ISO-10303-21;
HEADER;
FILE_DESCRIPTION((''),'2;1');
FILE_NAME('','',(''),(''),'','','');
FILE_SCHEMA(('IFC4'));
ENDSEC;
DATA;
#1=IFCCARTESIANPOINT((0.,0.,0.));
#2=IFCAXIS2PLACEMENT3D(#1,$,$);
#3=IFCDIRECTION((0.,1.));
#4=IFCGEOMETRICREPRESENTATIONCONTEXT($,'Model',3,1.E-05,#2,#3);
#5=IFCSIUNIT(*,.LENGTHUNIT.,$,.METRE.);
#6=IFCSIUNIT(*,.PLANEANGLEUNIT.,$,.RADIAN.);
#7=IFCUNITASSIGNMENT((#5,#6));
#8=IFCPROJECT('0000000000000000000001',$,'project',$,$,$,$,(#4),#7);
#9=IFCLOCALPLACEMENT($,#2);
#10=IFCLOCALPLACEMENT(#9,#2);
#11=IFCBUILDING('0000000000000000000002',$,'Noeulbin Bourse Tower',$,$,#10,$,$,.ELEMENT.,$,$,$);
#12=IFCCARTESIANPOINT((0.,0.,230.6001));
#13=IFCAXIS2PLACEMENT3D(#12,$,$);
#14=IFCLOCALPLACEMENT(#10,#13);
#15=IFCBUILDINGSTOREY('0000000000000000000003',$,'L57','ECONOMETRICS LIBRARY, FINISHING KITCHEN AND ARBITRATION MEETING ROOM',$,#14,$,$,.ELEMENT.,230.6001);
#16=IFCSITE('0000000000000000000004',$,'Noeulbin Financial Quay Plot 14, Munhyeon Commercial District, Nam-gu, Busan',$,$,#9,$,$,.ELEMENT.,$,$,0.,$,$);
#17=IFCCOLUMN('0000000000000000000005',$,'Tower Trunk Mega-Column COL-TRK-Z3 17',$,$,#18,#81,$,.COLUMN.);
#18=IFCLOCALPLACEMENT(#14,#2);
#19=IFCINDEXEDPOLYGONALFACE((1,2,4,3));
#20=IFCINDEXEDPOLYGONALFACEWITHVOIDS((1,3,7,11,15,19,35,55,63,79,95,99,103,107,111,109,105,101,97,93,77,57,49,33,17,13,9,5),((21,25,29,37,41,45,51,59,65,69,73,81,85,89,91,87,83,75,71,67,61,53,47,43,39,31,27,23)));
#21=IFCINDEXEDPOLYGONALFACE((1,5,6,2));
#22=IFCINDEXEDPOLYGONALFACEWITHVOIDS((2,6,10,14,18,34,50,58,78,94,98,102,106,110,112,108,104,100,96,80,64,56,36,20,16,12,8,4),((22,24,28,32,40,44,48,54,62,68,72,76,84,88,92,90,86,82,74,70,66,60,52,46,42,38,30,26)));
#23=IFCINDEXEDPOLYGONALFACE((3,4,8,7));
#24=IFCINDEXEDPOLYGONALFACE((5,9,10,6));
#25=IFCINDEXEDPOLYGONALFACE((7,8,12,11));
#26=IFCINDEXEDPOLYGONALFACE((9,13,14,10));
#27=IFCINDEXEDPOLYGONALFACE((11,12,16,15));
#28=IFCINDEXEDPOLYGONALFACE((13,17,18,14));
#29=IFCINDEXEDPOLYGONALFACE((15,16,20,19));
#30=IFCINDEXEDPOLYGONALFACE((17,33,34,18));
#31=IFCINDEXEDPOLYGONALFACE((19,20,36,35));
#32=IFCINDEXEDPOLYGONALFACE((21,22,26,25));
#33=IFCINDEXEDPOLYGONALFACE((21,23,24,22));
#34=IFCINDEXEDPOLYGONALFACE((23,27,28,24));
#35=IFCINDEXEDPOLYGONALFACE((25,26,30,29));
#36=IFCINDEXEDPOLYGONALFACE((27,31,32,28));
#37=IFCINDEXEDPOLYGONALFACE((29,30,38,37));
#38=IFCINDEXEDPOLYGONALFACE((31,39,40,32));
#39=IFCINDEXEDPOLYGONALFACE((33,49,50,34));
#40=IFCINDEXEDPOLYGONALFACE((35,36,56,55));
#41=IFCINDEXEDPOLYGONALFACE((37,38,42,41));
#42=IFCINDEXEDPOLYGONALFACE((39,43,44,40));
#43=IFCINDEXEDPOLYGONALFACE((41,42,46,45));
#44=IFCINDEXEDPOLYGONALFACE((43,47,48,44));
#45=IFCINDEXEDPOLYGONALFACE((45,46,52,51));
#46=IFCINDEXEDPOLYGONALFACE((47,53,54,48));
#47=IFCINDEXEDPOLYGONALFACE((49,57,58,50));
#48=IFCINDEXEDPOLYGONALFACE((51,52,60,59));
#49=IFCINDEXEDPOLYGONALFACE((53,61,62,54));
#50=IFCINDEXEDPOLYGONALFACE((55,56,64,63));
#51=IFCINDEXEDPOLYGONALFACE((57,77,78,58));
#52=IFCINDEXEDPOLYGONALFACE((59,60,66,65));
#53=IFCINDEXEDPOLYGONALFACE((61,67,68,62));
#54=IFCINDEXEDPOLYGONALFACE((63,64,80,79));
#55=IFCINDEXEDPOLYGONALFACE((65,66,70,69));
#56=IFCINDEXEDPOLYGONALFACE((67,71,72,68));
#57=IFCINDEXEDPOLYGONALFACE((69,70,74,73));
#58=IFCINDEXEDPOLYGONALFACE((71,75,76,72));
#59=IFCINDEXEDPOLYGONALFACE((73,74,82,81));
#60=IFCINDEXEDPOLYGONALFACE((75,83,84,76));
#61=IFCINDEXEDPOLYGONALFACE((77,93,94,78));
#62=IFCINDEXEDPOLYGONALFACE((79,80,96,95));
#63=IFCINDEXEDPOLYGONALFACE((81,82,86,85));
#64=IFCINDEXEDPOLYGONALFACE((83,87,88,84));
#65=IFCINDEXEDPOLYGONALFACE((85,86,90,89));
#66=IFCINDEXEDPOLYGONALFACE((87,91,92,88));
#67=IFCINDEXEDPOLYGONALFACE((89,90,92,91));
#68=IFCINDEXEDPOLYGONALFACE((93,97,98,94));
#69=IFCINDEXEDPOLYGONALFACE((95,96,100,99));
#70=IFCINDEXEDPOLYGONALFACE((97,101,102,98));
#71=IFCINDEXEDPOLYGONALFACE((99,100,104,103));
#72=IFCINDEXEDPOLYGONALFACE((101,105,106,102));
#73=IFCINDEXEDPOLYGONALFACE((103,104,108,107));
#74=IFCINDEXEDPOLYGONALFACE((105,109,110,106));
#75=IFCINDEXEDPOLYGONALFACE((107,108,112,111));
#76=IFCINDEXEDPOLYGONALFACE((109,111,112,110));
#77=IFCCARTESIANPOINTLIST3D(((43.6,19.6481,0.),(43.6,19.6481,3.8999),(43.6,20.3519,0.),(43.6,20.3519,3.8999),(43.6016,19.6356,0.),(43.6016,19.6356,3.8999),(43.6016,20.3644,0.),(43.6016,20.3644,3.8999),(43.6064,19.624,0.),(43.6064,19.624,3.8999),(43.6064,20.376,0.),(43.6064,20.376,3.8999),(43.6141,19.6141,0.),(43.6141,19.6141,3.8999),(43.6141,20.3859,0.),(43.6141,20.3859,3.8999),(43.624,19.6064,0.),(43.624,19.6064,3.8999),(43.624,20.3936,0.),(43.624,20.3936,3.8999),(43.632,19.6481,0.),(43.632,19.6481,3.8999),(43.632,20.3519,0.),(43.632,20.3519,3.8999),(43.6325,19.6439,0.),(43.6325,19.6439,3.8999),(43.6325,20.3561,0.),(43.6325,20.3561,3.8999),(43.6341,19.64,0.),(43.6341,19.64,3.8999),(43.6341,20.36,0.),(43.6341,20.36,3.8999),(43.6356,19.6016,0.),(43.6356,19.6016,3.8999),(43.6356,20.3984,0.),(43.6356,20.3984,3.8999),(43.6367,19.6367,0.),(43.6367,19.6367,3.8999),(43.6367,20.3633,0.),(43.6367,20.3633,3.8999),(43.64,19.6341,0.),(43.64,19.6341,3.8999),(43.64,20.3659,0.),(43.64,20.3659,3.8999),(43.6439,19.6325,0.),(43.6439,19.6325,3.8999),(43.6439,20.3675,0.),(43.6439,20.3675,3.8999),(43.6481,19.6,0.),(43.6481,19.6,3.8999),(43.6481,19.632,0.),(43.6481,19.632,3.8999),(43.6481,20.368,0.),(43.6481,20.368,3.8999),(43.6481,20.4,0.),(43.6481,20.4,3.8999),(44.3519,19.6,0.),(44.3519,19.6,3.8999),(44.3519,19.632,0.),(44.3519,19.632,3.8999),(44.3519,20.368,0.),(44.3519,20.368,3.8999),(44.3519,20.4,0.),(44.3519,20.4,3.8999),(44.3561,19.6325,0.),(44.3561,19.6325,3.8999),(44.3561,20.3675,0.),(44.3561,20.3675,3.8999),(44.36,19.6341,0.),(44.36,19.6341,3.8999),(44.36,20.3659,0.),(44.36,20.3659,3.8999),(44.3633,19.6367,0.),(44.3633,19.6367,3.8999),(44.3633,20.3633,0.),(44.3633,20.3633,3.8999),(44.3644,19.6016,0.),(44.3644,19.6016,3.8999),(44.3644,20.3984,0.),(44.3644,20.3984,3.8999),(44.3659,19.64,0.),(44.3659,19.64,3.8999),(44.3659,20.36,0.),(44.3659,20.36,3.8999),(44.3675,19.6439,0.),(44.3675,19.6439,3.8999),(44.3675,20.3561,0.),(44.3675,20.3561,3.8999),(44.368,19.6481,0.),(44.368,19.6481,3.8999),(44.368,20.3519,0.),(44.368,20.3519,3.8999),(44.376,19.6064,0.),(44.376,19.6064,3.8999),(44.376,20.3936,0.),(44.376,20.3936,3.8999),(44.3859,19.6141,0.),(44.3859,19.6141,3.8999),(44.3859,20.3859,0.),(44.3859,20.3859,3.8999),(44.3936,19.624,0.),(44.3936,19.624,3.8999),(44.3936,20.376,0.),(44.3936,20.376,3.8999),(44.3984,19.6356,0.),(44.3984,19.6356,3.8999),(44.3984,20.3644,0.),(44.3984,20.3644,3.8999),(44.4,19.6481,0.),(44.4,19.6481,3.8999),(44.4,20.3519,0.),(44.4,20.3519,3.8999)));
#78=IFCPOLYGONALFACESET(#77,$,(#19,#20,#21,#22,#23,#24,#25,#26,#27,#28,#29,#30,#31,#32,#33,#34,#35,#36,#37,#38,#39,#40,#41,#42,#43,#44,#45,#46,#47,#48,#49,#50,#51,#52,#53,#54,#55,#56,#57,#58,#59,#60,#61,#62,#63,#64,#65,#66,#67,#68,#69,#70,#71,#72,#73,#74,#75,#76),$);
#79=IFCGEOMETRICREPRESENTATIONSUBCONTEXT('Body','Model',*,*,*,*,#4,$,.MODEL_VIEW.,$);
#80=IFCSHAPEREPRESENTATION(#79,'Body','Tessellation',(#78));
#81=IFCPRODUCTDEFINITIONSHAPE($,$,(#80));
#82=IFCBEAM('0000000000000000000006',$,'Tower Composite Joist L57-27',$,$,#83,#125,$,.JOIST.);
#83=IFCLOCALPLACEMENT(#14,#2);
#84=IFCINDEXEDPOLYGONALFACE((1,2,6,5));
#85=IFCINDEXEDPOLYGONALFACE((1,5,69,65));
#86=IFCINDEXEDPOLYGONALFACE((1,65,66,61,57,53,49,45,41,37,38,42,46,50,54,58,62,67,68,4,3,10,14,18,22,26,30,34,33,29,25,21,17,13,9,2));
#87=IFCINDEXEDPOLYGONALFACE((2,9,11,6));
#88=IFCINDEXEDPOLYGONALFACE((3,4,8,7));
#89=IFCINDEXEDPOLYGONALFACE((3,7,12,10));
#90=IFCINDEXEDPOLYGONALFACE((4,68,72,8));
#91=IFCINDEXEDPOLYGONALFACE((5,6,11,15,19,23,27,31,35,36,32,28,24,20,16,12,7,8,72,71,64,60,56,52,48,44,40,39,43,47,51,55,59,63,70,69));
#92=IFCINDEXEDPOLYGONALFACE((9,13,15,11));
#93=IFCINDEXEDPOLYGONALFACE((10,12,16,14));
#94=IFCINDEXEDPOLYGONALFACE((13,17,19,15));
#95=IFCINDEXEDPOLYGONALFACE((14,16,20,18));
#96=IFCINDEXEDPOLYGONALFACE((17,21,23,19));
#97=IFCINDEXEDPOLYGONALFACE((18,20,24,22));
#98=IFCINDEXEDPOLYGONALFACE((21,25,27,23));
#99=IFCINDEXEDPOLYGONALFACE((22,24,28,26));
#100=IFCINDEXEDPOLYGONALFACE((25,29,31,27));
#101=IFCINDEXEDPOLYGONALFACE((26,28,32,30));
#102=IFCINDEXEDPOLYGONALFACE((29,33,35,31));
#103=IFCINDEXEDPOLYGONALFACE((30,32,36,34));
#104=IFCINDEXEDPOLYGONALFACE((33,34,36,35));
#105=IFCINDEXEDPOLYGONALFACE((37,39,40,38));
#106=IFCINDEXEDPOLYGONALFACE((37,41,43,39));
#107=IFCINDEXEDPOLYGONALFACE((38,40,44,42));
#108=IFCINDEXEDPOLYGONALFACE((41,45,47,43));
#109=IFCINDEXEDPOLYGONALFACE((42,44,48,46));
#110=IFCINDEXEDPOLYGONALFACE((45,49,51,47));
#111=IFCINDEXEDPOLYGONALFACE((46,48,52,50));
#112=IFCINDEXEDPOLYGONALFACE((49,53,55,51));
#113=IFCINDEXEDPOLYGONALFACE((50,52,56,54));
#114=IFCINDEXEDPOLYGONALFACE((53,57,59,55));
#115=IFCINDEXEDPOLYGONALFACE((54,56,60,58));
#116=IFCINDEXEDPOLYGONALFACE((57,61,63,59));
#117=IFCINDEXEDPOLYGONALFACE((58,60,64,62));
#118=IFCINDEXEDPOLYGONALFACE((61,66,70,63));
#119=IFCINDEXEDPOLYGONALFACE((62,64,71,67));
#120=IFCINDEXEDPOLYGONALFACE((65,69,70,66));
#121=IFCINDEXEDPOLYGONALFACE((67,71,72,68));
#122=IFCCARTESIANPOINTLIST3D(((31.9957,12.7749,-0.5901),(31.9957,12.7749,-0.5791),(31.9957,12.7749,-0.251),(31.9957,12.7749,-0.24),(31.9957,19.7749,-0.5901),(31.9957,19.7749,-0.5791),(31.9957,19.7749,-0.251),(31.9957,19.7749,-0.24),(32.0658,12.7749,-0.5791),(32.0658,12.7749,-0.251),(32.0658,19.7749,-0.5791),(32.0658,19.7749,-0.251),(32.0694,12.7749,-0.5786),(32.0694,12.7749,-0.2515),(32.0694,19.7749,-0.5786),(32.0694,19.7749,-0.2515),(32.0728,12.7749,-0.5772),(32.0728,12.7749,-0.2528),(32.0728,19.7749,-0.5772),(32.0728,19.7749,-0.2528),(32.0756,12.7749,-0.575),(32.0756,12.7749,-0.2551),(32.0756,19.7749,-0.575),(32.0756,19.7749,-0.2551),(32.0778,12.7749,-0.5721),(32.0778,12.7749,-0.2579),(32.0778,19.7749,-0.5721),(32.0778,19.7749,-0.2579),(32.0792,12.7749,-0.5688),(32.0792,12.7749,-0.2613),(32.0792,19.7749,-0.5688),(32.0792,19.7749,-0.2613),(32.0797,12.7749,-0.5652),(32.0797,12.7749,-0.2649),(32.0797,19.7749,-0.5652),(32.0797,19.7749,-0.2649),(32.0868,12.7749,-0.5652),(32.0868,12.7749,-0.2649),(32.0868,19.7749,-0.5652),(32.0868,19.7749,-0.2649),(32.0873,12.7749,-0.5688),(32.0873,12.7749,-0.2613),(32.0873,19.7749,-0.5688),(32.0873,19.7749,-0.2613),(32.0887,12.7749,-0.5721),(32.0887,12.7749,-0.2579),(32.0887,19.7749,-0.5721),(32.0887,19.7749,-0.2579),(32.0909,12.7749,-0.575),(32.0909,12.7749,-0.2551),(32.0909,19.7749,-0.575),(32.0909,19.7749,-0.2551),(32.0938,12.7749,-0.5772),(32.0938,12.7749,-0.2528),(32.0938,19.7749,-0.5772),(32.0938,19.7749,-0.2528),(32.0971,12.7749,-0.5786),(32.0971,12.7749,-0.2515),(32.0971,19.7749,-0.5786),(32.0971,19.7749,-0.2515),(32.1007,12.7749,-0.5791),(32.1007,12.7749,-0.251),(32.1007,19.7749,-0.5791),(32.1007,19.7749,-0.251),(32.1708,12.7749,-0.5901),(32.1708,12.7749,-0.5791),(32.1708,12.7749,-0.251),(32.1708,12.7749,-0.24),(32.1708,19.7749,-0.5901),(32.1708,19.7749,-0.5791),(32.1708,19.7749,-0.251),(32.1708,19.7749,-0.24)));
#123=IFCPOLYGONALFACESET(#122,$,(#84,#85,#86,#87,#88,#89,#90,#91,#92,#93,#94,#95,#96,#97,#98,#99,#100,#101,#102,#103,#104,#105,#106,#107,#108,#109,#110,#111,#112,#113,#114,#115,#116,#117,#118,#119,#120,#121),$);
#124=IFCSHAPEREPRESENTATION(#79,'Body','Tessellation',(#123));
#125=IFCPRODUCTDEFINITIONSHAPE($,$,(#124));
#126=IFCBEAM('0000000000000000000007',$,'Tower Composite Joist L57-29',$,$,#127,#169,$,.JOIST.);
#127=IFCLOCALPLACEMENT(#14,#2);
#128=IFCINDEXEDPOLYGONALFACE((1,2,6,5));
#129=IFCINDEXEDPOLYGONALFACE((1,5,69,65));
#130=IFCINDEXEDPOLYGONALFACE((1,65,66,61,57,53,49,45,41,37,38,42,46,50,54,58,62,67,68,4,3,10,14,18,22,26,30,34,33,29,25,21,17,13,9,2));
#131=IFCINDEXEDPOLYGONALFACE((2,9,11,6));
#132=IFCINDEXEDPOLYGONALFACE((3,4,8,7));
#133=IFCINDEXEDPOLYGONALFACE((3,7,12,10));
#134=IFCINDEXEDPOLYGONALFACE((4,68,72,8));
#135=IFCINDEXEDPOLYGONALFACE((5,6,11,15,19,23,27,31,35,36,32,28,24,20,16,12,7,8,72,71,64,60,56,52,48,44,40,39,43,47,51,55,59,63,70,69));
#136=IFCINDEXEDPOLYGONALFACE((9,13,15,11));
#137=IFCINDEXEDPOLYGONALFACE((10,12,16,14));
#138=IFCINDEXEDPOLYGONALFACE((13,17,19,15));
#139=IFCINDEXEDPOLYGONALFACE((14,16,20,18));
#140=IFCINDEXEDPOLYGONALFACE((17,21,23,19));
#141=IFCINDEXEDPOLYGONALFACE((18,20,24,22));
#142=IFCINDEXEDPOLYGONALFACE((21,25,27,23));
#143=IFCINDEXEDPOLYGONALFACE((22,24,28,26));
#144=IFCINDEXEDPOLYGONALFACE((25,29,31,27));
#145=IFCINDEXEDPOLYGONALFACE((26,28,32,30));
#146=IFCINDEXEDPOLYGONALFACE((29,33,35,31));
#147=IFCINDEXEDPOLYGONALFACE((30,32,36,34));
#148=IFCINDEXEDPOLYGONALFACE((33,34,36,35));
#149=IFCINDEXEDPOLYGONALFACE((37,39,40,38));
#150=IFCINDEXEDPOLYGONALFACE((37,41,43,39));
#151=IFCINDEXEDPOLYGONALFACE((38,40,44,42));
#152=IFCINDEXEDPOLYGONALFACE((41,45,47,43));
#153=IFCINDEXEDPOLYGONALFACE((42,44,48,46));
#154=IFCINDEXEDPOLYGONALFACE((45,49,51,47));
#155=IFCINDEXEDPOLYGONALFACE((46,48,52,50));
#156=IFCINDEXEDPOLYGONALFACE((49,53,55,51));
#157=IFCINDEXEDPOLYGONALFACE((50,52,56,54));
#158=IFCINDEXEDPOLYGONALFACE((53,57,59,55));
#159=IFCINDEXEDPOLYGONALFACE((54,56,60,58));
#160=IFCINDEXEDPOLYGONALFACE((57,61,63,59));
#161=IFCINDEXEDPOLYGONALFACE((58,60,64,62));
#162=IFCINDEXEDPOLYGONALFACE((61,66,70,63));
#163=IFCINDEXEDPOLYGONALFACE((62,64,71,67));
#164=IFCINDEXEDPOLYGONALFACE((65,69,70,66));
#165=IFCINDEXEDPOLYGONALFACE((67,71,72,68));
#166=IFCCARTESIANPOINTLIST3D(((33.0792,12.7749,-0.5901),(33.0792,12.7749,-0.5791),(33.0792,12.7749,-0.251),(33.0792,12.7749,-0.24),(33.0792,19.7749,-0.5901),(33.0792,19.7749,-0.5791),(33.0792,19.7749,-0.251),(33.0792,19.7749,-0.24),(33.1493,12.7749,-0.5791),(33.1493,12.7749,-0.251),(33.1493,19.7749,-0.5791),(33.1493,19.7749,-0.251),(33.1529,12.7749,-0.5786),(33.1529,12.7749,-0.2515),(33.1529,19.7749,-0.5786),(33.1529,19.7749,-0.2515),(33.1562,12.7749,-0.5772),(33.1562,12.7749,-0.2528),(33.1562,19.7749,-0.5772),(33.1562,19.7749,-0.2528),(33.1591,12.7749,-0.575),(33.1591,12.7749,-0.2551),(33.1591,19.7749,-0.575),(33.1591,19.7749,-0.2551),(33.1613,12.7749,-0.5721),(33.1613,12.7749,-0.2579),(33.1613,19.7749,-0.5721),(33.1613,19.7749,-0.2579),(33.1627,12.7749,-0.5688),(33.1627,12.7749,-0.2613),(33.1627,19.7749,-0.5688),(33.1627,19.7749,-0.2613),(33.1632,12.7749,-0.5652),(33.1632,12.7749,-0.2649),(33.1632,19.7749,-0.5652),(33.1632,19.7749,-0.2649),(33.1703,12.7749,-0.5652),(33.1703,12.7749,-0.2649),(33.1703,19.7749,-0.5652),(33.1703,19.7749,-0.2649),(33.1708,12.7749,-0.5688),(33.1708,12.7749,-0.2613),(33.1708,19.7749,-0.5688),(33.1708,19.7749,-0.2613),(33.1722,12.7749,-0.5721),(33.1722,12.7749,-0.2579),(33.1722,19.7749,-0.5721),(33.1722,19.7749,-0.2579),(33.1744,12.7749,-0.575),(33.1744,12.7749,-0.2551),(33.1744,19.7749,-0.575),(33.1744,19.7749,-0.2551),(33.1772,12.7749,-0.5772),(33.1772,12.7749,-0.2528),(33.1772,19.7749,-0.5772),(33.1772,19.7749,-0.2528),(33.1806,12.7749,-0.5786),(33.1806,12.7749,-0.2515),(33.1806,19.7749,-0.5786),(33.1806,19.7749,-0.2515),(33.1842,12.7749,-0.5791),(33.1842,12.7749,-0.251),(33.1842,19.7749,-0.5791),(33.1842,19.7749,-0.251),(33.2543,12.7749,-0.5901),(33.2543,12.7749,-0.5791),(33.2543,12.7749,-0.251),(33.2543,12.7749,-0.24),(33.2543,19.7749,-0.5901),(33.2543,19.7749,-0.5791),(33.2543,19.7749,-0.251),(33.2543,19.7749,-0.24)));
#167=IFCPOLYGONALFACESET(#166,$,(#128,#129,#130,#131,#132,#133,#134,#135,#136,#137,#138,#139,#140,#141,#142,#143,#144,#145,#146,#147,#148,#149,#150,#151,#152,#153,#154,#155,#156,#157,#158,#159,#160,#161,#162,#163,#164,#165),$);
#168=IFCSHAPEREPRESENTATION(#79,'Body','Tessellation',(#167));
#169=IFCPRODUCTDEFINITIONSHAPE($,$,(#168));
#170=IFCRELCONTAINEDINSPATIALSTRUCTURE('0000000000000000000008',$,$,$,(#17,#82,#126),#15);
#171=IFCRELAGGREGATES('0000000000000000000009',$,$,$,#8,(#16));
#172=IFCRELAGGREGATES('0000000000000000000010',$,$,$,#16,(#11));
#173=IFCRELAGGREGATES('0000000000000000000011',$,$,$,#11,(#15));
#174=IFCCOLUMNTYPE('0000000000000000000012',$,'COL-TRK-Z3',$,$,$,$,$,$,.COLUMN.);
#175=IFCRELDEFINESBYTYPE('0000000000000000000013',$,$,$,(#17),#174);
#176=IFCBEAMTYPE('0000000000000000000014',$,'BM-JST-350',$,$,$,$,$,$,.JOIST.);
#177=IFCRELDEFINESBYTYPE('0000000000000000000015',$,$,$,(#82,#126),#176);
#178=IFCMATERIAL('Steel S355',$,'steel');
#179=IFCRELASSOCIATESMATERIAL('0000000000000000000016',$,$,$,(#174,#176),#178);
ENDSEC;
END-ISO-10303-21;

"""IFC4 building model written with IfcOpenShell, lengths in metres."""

from ifc_helpers import new_model, si_unit, direction, frame, origin, origin_2d, place, context, subcontext, project, spatial, hollow_rectangle, i_section, extrude, material, material_profile, profile_set, type_object, element, save


model = new_model("IFC4")

# Units and contexts
model_context = context("Model", 3, precision=1e-05, world=origin(), true_north=direction((0.0, 1.0)))
body_context = subcontext(model_context, "Body", "Model", "MODEL_VIEW")
ifc_project = project(units=[si_unit("LENGTHUNIT", "METRE"), si_unit("PLANEANGLEUNIT", "RADIAN")], contexts=[model_context])

# Site, building, storey
site_placement = place(None, origin())
site = spatial("IfcSite", under=ifc_project, at=site_placement, Name="Noeulbin Financial Quay Plot 14, Munhyeon Commercial District, Nam-gu, Busan", CompositionType="ELEMENT", RefElevation=0.0)
building_placement = place(site_placement, origin())
building = spatial("IfcBuilding", under=site, at=building_placement, Name="Noeulbin Bourse Tower", CompositionType="ELEMENT")
storey_placement = place(building_placement, frame((0.0, 0.0, 230.6001)))
storey = spatial("IfcBuildingStorey", under=building, at=storey_placement, Name="L57", Description="ECONOMETRICS LIBRARY, FINISHING KITCHEN AND ARBITRATION MEETING ROOM", CompositionType="ELEMENT", Elevation=230.6001)

# Column
ifc_material_1 = material(Name="Steel S355", Category="steel")
ifc_material_profile_1 = material_profile(ifc_material_1, hollow_rectangle(XDim=0.8, YDim=0.8, WallThickness=0.032, InnerFilletRadius=0.0161, OuterFilletRadius=0.0481, at=origin_2d()), Name="BOX-800x800x32", Category="LoadBearing")
ifc_profile_set_1 = profile_set([ifc_material_profile_1], Name="Steel S355")
column_type_1 = type_object("IfcColumnType", Name="COL-TRK-Z3", PredefinedType="COLUMN", material=ifc_profile_set_1)
for number, where, z_axis, x_axis, name in (
    (1, (44.0, 20.0, 0.0), (0.0, 0.0, 1.0), (1.0, 0.0, 0.0), "Tower Trunk Mega-Column COL-TRK-Z3 17"),
):
    element("IfcColumn", number, at=place(storey_placement, frame(where, z_axis=z_axis, x_axis=x_axis)), inside=storey, type_object=column_type_1, Name=name, PredefinedType="COLUMN", context=body_context, shape_type="SweptSolid", body=[
        extrude(hollow_rectangle(XDim=0.8, YDim=0.8, WallThickness=0.032, InnerFilletRadius=0.0161, OuterFilletRadius=0.0481, at=origin_2d()), origin(), (0.0, 0.0, 1.0), 3.8999),
    ])

# Beams
ifc_material_profile_2 = material_profile(ifc_material_1, i_section(OverallWidth=0.175, OverallDepth=0.3501, WebThickness=0.0071, FlangeThickness=0.011, FilletRadius=0.0139, at=origin_2d()), Name="H-350x175x7x11", Category="LoadBearing")
ifc_profile_set_2 = profile_set([ifc_material_profile_2], Name="Steel S355")
beam_type_1 = type_object("IfcBeamType", Name="BM-JST-350", PredefinedType="JOIST", material=ifc_profile_set_2)
for number, where, z_axis, x_axis, name in (
    (2, (32.0833, 12.7749, -0.415), (0.0, 1.0, 0.0), (-1.0, 0.0, 0.0), "Tower Composite Joist L57-27"),
    (3, (33.1667, 12.7749, -0.415), (0.0, 1.0, 0.0), (-1.0, 0.0, 0.0), "Tower Composite Joist L57-29"),
):
    element("IfcBeam", number, at=place(storey_placement, frame(where, z_axis=z_axis, x_axis=x_axis)), inside=storey, type_object=beam_type_1, Name=name, PredefinedType="JOIST", context=body_context, shape_type="SweptSolid", body=[
        extrude(i_section(OverallWidth=0.175, OverallDepth=0.3501, WebThickness=0.0071, FlangeThickness=0.011, FilletRadius=0.0139, at=origin_2d()), origin(), (0.0, 0.0, 1.0), 7.0),
    ])

save(model, "model.ifc")
